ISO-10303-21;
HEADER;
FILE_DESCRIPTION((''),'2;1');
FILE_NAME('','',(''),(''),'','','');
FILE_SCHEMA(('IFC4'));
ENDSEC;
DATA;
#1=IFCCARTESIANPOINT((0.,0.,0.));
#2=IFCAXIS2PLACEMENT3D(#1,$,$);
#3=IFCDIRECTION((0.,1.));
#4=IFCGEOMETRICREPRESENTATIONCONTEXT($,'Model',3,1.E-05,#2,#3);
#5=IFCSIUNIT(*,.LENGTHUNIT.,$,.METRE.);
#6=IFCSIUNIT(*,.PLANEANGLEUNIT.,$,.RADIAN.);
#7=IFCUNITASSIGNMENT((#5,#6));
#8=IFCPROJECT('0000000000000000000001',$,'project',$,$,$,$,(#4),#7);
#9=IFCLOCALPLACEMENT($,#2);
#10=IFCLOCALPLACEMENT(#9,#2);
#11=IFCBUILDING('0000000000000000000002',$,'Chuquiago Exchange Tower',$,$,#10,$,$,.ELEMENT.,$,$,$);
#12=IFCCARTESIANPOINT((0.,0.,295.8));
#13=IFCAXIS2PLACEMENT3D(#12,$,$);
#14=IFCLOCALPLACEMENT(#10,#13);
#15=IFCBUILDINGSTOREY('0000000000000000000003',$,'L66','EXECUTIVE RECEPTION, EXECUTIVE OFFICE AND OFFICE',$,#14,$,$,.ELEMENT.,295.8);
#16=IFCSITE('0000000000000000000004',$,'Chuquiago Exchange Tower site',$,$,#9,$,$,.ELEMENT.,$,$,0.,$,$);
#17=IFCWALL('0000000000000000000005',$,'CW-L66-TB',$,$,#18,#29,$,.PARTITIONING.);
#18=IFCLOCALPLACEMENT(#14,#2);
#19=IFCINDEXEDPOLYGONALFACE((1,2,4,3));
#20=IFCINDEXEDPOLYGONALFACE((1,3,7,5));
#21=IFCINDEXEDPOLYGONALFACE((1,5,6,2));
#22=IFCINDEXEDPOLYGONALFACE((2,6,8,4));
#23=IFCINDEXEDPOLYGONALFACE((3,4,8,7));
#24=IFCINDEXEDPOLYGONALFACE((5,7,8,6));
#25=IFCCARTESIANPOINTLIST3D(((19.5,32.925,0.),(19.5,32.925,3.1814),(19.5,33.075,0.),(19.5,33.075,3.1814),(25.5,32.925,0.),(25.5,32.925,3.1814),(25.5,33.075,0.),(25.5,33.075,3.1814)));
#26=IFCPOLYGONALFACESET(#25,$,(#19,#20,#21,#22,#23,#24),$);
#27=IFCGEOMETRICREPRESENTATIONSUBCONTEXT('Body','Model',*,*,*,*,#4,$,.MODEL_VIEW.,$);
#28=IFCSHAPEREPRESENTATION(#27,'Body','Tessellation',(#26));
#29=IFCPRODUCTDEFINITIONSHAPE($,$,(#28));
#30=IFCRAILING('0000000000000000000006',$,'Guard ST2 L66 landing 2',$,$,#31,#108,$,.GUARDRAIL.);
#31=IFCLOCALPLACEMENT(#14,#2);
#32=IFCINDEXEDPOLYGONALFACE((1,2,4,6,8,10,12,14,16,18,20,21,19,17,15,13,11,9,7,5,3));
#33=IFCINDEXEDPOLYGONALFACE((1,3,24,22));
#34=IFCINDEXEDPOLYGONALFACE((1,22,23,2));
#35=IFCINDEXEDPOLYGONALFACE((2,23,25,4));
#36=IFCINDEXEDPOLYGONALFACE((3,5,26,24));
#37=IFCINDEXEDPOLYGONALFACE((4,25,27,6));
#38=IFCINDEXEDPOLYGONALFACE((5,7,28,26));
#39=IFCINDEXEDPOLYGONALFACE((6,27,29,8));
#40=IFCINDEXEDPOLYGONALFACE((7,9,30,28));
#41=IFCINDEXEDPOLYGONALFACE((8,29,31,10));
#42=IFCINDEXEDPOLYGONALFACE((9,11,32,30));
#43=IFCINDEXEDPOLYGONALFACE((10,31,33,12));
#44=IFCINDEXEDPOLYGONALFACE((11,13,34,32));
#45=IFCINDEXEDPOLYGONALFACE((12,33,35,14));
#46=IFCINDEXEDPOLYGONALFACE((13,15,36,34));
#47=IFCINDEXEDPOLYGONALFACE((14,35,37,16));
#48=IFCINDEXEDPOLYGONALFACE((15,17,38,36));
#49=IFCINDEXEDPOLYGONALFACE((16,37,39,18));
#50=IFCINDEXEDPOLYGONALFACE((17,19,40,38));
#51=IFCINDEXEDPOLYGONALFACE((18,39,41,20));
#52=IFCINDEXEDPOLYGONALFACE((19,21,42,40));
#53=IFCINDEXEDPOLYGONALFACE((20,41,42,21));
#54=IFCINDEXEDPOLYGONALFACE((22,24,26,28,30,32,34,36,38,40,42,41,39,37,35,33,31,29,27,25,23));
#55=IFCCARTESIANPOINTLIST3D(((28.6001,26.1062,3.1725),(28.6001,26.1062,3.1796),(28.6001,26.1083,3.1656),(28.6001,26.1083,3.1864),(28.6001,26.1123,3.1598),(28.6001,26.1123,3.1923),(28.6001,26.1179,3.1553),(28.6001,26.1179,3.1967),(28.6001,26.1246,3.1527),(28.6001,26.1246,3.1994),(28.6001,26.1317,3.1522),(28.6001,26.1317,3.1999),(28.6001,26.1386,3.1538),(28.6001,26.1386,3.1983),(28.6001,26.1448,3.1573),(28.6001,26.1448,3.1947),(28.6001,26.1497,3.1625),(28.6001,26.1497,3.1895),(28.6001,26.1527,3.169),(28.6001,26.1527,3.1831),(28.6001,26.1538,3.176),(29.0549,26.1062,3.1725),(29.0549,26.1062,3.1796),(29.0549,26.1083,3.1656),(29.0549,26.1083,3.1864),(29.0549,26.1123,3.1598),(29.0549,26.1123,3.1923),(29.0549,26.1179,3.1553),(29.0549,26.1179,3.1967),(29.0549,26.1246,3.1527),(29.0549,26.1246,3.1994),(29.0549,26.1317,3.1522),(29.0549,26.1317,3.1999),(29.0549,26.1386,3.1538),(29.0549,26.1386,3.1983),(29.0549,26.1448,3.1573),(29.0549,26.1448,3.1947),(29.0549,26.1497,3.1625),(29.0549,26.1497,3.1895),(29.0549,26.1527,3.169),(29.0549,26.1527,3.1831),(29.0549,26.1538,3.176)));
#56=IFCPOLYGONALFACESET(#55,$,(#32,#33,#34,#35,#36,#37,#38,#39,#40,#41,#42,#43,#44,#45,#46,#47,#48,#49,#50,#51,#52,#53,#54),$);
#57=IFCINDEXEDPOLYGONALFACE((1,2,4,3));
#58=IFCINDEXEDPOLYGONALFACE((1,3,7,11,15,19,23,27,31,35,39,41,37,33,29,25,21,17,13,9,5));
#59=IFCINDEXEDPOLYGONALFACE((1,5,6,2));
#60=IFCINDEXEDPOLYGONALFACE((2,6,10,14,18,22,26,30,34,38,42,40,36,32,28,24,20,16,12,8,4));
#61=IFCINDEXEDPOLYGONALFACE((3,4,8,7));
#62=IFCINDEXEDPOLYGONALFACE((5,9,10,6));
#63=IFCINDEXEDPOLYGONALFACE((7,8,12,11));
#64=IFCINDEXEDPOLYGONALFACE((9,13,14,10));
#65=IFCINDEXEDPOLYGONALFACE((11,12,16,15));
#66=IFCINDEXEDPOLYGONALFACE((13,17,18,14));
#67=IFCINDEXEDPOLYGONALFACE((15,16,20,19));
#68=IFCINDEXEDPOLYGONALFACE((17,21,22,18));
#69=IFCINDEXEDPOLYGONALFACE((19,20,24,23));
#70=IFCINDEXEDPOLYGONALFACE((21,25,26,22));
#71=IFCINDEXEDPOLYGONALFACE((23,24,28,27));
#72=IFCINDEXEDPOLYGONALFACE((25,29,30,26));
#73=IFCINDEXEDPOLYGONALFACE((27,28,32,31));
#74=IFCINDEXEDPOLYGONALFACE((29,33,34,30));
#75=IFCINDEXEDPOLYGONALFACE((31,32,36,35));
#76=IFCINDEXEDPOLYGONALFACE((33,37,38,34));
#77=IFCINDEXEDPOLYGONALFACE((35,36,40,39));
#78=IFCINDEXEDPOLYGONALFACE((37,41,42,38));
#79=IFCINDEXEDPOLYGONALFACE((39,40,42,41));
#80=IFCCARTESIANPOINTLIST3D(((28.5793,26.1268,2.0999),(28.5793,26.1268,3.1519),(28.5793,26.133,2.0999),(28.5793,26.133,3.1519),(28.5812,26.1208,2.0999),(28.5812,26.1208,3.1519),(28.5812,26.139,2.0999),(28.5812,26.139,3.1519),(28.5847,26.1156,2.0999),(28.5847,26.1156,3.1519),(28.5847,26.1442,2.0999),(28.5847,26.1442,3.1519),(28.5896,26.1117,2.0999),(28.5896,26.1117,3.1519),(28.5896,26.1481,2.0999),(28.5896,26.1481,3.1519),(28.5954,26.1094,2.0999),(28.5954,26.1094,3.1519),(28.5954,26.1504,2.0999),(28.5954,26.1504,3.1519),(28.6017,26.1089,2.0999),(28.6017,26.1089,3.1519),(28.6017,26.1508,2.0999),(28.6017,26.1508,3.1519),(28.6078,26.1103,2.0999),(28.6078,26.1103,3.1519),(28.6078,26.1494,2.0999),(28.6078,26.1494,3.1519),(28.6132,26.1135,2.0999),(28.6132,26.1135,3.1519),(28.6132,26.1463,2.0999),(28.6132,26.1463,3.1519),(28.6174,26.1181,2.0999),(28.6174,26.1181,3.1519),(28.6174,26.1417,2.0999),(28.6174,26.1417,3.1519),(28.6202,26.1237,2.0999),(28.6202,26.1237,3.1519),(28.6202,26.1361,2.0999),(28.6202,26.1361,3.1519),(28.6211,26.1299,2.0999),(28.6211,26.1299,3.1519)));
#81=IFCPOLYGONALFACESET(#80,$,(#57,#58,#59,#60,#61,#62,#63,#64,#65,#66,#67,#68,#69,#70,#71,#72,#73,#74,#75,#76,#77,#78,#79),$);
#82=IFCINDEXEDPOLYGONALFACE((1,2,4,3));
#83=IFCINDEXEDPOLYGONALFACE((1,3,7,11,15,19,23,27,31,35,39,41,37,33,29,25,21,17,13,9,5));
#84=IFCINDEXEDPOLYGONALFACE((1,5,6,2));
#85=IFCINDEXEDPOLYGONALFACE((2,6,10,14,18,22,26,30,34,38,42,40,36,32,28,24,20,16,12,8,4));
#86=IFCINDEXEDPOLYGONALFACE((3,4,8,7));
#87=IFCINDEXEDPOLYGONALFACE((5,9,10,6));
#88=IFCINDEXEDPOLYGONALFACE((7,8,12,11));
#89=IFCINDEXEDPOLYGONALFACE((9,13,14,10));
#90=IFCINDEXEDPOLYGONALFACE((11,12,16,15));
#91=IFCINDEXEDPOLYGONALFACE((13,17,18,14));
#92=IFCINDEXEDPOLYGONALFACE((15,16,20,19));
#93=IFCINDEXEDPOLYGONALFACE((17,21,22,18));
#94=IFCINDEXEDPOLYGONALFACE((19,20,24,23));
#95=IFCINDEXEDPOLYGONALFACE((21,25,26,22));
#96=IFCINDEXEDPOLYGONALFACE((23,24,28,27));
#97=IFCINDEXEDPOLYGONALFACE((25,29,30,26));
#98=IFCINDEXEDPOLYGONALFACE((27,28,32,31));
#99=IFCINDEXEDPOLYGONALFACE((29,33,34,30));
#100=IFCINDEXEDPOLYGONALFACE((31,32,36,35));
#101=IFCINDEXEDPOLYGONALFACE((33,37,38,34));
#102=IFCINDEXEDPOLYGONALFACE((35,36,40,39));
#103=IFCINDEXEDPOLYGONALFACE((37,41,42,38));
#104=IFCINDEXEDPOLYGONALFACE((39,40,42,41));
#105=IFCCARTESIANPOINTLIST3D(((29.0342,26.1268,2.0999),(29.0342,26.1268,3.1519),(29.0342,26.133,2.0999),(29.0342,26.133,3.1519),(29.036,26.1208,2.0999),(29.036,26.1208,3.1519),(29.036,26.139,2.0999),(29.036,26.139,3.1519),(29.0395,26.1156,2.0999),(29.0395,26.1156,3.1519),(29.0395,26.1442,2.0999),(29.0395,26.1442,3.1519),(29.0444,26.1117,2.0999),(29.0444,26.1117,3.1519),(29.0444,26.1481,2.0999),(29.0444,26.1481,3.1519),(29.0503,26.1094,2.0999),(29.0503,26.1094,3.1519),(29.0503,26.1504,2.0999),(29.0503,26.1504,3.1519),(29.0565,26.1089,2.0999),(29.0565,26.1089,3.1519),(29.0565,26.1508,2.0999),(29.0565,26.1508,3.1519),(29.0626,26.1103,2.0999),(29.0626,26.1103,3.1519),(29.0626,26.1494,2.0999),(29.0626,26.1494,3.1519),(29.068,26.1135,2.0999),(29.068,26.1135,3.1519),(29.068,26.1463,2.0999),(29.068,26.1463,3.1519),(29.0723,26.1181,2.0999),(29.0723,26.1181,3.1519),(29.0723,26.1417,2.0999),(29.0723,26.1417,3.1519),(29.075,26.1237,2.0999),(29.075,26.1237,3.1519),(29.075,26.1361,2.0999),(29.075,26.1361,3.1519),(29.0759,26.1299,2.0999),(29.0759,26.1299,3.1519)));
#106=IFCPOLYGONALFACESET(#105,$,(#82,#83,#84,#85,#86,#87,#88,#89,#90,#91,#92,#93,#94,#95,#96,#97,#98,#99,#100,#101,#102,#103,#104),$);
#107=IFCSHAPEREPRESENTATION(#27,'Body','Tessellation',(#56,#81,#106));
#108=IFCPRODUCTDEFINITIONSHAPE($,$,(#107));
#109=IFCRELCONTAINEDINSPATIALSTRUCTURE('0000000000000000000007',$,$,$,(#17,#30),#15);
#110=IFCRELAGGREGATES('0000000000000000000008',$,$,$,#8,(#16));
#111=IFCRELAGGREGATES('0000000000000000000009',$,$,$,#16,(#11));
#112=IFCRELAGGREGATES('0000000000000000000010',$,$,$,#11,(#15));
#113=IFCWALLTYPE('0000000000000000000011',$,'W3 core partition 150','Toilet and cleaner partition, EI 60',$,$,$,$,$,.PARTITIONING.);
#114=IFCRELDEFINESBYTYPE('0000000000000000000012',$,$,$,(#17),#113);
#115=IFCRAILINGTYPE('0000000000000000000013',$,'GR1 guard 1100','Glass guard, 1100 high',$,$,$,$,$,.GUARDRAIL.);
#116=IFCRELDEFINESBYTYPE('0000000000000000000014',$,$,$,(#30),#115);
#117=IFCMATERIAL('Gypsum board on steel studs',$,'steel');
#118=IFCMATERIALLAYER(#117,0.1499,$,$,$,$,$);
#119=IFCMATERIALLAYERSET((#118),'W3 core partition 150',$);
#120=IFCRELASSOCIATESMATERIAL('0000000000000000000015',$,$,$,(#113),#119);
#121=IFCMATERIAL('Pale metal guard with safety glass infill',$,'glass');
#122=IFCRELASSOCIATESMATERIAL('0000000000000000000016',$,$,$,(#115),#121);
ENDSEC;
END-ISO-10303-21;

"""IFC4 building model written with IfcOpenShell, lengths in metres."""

from ifc_helpers import new_model, si_unit, direction, frame, frame_2d, origin, origin_2d, place, context, subcontext, project, spatial, rectangle, circle, extrude, material, layer, layer_set, type_object, element, save


model = new_model("IFC4")

# Units and contexts
model_context = context("Model", 3, precision=1e-05, world=origin(), true_north=direction((0.0, 1.0)))
body_context = subcontext(model_context, "Body", "Model", "MODEL_VIEW")
ifc_project = project(units=[si_unit("LENGTHUNIT", "METRE"), si_unit("PLANEANGLEUNIT", "RADIAN")], contexts=[model_context])

# Site, building, storey
site_placement = place(None, origin())
site = spatial("IfcSite", under=ifc_project, at=site_placement, Name="Chuquiago Exchange Tower site", CompositionType="ELEMENT", RefElevation=0.0)
building_placement = place(site_placement, origin())
building = spatial("IfcBuilding", under=site, at=building_placement, Name="Chuquiago Exchange Tower", CompositionType="ELEMENT")
storey_placement = place(building_placement, frame((0.0, 0.0, 295.8)))
storey = spatial("IfcBuildingStorey", under=building, at=storey_placement, Name="L66", Description="EXECUTIVE RECEPTION, EXECUTIVE OFFICE AND OFFICE", CompositionType="ELEMENT", Elevation=295.8)

# Shared definitions
ifc_material_1 = material(Name="Gypsum board on steel studs", Category="steel")
ifc_layer_1 = layer(ifc_material_1, 0.1499)
ifc_layer_set_1 = layer_set([ifc_layer_1], Name="W3 core partition 150")
wall_type_1 = type_object("IfcWallType", Name="W3 core partition 150", Description="Toilet and cleaner partition, EI 60", PredefinedType="PARTITIONING", material=ifc_layer_set_1)

# Wall
wall_1_placement = place(storey_placement, frame((19.5, 33.0, 0.0), z_axis=(0.0, 0.0, 1.0), x_axis=(1.0, 0.0, 0.0)))
element("IfcWall", 1, at=wall_1_placement, inside=storey, type_object=wall_type_1, Name="CW-L66-TB", PredefinedType="PARTITIONING", context=body_context, shape_type="SweptSolid", body=[
    extrude(rectangle(XDim=6.0, YDim=0.1499, at=frame_2d((3.0, 0.0))), origin(), (0.0, 0.0, 1.0), 3.1814),
])

# Railing
ifc_material_2 = material(Name="Pale metal guard with safety glass infill", Category="glass")
railing_type = type_object("IfcRailingType", Name="GR1 guard 1100", Description="Glass guard, 1100 high", PredefinedType="GUARDRAIL", material=ifc_material_2)
railing_placement = place(storey_placement, frame((28.6001, 26.1299, 2.0999)))
element("IfcRailing", 2, at=railing_placement, inside=storey, type_object=railing_type, Name="Guard ST2 L66 landing 2", PredefinedType="GUARDRAIL", context=body_context, shape_type="SweptSolid", body=[
    extrude(circle(Radius=0.0239, at=origin_2d()), frame((0.0, 0.0, 1.0762), z_axis=(1.0, 0.0, 0.0), x_axis=(0.0, 1.0, 0.0)), (0.0, 0.0, 1.0), 0.4548),
    extrude(circle(Radius=0.021, at=origin_2d()), origin(), (0.0, 0.0, 1.0), 1.052),
    extrude(circle(Radius=0.021, at=origin_2d()), frame((0.4548, 0.0, 0.0)), (0.0, 0.0, 1.0), 1.052),
])

save(model, "model.ifc")
